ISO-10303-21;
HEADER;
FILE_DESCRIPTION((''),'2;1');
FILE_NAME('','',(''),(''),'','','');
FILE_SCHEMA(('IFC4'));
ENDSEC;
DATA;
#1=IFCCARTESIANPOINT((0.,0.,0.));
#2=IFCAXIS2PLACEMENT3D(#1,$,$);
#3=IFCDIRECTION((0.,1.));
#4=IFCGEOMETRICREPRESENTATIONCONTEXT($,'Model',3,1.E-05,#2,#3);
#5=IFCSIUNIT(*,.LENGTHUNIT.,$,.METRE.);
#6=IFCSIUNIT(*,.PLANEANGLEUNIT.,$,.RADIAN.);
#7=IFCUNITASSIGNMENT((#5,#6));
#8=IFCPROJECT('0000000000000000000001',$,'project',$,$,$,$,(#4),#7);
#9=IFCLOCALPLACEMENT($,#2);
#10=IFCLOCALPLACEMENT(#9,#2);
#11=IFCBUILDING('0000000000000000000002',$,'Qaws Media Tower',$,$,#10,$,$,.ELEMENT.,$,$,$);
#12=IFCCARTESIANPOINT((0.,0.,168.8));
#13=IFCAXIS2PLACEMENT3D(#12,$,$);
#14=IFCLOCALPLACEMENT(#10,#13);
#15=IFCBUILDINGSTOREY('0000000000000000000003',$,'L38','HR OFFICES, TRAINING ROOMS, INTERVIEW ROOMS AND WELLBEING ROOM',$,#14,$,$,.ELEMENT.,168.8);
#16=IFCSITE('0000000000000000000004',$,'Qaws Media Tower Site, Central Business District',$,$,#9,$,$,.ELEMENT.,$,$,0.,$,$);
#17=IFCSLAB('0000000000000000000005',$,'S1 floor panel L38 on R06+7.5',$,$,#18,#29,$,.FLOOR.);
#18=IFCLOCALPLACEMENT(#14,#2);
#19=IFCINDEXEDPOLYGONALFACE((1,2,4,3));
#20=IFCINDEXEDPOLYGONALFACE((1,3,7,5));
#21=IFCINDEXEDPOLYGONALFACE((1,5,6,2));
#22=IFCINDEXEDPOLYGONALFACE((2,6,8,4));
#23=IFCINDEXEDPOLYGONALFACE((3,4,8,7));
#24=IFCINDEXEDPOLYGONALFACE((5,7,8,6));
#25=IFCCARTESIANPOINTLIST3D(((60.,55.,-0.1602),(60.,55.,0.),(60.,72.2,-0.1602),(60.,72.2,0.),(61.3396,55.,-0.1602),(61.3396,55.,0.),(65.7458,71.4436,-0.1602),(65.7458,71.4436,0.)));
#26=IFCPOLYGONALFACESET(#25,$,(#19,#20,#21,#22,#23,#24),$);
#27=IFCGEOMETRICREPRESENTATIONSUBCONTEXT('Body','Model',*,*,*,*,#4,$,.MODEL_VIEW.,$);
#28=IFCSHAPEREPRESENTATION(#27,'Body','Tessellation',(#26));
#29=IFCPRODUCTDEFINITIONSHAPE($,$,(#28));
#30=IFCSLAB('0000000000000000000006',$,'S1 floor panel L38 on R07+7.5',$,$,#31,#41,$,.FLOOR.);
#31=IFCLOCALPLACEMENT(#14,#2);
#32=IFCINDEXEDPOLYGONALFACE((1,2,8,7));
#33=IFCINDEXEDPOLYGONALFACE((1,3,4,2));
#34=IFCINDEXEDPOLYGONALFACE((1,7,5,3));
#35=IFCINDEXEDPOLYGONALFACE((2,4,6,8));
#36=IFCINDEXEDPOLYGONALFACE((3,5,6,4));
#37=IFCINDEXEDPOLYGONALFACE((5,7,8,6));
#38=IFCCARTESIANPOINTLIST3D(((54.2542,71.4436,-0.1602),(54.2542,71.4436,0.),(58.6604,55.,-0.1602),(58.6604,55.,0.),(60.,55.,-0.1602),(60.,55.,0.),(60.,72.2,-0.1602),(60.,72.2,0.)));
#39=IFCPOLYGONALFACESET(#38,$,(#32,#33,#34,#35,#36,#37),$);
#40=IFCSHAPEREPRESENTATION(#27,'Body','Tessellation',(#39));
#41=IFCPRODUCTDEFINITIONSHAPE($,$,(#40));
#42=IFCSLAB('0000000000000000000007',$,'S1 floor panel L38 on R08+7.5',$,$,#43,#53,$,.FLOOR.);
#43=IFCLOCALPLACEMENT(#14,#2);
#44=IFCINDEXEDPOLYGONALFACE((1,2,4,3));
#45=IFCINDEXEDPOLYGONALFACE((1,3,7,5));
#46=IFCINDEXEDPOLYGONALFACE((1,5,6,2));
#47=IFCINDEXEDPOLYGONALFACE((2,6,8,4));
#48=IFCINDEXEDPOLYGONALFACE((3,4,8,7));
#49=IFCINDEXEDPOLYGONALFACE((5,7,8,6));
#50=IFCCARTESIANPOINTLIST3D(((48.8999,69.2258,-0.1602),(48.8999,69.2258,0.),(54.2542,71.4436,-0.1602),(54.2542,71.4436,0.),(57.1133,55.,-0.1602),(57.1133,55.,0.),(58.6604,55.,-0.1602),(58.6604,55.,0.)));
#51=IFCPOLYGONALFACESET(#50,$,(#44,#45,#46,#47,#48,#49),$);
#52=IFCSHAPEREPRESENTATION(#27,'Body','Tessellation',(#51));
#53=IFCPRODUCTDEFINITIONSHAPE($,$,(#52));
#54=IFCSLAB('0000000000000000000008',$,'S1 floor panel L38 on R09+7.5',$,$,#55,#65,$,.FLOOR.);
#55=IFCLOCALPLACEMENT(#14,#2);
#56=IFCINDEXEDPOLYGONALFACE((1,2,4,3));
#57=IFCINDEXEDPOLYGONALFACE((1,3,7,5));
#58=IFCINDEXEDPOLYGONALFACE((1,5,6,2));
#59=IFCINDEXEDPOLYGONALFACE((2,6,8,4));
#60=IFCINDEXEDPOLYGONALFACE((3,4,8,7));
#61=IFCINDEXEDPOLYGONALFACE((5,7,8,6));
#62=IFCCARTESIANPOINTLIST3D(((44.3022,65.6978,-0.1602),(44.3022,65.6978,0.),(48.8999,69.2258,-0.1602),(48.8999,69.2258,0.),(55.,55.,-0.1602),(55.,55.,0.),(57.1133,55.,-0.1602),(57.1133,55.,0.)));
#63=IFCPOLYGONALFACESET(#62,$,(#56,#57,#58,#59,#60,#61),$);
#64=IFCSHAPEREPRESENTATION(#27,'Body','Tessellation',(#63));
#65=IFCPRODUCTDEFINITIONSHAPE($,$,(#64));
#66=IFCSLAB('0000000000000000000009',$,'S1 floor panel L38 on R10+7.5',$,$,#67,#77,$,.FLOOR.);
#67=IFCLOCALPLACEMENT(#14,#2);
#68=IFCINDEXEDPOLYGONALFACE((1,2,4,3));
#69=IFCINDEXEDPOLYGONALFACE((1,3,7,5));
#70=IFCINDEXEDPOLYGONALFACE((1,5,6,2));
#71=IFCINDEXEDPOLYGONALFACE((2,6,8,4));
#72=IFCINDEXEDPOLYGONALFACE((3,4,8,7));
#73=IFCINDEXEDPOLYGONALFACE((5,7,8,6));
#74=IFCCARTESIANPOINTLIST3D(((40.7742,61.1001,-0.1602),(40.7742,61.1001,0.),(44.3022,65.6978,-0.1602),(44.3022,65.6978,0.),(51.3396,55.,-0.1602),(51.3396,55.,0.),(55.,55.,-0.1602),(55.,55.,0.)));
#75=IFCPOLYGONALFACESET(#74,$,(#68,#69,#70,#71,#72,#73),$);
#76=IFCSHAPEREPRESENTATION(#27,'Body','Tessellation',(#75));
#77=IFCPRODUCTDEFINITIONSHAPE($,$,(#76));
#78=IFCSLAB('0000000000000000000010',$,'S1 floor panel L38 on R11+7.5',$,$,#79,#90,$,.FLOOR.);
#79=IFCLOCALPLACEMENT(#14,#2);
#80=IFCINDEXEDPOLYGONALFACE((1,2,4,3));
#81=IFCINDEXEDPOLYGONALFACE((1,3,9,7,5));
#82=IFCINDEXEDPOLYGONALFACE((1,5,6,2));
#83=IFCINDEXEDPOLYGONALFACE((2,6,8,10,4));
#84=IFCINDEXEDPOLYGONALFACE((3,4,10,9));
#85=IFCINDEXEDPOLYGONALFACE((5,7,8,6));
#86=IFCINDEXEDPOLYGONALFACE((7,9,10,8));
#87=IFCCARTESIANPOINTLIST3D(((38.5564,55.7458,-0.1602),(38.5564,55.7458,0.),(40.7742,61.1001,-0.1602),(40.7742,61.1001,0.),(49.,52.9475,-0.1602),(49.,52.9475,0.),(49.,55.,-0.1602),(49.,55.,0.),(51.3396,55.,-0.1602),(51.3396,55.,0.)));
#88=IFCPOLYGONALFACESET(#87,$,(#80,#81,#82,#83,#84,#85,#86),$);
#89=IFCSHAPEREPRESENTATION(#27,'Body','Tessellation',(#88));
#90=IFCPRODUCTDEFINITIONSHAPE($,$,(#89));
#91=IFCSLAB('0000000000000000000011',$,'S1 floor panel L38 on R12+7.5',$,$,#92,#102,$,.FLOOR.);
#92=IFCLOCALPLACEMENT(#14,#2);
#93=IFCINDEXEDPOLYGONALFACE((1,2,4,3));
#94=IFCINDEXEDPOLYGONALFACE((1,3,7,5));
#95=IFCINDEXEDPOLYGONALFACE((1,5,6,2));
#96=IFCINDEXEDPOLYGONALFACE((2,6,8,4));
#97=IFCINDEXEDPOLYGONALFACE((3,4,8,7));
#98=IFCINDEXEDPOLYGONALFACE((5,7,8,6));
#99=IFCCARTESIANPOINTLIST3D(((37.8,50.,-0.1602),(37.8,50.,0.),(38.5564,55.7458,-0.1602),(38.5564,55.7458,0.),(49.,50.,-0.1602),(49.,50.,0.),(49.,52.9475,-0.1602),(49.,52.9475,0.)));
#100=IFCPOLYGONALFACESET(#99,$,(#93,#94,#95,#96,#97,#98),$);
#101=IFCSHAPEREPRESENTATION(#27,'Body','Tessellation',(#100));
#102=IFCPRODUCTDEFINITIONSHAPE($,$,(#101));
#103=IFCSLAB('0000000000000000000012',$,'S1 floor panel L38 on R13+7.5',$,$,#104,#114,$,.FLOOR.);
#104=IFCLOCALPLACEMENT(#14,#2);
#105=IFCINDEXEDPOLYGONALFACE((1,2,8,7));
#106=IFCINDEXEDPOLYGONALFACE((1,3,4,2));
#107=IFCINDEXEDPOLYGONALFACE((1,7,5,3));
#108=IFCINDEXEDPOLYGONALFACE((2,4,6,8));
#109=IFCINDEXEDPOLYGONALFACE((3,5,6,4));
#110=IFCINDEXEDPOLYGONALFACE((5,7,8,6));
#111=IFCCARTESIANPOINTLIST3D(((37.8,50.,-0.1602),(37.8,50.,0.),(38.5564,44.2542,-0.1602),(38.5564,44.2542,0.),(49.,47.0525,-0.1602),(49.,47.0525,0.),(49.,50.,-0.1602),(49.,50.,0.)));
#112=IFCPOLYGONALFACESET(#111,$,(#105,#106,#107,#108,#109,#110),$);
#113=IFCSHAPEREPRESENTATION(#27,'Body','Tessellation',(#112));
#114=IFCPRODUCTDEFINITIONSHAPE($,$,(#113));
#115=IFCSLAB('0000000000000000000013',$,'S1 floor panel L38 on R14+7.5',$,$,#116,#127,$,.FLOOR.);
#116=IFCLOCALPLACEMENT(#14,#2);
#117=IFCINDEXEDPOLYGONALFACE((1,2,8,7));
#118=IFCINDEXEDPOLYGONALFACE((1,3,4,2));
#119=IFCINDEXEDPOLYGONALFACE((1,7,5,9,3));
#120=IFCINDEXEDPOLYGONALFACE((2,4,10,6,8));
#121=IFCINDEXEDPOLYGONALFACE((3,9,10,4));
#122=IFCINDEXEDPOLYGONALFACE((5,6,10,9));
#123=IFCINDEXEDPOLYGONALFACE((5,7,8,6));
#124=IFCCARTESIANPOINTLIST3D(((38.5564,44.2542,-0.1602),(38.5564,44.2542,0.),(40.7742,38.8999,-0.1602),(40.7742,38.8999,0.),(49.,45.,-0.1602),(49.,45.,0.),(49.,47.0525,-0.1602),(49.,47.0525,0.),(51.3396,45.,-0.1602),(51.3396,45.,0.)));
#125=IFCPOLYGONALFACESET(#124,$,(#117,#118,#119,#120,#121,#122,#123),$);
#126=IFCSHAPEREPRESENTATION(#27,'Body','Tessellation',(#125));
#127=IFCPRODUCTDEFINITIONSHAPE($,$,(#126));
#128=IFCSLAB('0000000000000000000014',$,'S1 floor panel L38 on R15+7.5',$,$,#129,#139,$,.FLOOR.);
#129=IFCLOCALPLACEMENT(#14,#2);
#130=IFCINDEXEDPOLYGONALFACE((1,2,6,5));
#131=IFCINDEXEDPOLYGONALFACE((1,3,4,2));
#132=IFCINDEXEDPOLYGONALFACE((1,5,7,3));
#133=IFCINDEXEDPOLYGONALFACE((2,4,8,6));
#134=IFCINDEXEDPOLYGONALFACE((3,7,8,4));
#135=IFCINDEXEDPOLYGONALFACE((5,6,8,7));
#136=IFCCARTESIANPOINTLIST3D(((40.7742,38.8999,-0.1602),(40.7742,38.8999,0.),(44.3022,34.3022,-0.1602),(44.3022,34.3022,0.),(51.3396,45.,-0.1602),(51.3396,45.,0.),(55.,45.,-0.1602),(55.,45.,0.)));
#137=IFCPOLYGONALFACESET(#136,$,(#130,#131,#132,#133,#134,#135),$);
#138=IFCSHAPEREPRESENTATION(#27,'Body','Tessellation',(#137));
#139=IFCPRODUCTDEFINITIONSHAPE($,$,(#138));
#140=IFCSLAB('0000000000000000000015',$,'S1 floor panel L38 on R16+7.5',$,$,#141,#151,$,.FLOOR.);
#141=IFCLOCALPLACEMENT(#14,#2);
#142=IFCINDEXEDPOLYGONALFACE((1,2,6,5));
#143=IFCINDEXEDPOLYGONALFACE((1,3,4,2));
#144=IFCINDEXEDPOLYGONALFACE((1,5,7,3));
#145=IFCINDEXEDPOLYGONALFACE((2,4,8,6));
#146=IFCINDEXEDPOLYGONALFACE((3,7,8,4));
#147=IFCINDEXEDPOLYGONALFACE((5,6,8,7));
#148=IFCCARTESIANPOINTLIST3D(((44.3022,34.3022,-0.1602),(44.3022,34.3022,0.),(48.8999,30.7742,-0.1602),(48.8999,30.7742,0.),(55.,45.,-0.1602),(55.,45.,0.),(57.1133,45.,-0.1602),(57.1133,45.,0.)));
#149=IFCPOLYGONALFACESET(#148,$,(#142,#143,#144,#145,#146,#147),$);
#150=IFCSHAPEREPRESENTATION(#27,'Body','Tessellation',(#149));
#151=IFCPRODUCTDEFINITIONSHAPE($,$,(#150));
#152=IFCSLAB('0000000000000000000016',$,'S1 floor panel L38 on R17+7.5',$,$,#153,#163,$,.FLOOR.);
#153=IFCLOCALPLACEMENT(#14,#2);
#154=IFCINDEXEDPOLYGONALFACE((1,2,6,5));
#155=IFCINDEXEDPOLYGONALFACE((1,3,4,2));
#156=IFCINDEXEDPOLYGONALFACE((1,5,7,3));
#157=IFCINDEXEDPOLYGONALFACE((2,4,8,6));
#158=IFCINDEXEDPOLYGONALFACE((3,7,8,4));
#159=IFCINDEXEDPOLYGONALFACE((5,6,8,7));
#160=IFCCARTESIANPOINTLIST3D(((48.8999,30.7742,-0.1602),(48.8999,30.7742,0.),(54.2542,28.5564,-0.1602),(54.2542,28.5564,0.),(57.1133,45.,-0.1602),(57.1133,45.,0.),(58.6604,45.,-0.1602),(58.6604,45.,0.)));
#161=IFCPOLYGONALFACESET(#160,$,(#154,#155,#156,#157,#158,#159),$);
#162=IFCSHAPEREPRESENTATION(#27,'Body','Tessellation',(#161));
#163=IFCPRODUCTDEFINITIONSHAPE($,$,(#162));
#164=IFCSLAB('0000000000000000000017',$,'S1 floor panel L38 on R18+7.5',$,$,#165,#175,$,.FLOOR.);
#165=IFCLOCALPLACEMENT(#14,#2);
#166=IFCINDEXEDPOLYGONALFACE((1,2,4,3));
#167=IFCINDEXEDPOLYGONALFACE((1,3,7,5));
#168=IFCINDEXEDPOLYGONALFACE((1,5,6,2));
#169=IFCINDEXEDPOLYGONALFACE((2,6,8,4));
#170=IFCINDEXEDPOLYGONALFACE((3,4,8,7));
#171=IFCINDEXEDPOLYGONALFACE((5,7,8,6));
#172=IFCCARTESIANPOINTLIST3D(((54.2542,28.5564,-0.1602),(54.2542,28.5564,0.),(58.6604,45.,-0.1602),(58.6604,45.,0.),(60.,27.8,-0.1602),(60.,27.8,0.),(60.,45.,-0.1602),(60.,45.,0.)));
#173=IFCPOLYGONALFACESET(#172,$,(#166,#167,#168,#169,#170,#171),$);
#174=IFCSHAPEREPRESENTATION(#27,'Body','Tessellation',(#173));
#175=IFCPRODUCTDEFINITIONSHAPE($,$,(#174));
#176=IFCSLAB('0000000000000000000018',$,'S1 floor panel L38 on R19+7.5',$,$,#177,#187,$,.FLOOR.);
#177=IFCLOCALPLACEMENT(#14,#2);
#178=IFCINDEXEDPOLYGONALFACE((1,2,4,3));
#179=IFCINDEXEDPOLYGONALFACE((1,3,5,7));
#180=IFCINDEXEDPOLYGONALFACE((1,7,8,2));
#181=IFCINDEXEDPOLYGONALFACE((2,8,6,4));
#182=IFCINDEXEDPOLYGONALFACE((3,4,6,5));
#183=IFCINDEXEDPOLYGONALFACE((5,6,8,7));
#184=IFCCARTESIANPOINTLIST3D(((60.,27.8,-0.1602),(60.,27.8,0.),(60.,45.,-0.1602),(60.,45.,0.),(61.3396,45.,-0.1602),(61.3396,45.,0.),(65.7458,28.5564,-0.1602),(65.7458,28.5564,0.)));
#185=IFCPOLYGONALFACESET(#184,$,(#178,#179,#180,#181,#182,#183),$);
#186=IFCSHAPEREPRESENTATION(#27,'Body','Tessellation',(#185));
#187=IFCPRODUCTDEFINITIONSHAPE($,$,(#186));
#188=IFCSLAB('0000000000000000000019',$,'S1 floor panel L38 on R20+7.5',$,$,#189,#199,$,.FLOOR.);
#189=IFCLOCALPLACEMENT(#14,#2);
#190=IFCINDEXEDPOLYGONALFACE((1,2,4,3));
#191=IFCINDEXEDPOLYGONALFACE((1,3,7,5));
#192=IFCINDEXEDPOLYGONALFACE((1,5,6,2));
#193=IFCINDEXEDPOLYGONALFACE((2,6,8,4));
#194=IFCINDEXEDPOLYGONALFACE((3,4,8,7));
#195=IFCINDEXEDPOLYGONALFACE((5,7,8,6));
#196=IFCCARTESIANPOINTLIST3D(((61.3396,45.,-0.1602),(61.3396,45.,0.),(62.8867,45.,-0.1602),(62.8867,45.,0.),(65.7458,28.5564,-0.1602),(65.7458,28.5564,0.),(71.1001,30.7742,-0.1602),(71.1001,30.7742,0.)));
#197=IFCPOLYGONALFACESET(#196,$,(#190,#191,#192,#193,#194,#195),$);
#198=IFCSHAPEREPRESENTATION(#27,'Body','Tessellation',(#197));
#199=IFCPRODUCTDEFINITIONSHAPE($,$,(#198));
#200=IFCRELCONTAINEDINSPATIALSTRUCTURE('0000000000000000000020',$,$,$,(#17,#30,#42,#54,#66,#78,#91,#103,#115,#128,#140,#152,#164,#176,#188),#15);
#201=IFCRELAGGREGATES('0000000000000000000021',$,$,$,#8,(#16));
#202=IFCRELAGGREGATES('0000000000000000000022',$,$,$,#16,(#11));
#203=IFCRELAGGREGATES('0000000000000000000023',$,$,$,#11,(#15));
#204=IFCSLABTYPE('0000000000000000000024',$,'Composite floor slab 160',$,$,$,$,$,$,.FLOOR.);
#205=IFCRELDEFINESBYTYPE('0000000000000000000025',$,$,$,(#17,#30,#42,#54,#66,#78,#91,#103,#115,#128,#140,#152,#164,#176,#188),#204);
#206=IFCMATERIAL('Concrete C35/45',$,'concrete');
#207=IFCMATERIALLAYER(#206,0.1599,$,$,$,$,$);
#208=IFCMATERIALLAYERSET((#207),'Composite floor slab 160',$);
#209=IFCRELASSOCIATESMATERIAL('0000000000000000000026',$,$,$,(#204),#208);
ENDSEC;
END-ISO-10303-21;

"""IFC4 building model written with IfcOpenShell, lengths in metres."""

from ifc_helpers import new_model, si_unit, direction, frame, origin, place, context, subcontext, project, spatial, polyline, outline, extrude, material, layer, layer_set, type_object, element, save


model = new_model("IFC4")

# Units and contexts
model_context = context("Model", 3, precision=1e-05, world=origin(), true_north=direction((0.0, 1.0)))
body_context = subcontext(model_context, "Body", "Model", "MODEL_VIEW")
ifc_project = project(units=[si_unit("LENGTHUNIT", "METRE"), si_unit("PLANEANGLEUNIT", "RADIAN")], contexts=[model_context])

# Site, building, storey
site_placement = place(None, origin())
site = spatial("IfcSite", under=ifc_project, at=site_placement, Name="Qaws Media Tower Site, Central Business District", CompositionType="ELEMENT", RefElevation=0.0)
building_placement = place(site_placement, origin())
building = spatial("IfcBuilding", under=site, at=building_placement, Name="Qaws Media Tower", CompositionType="ELEMENT")
storey_placement = place(building_placement, frame((0.0, 0.0, 168.8)))
storey = spatial("IfcBuildingStorey", under=building, at=storey_placement, Name="L38", Description="HR OFFICES, TRAINING ROOMS, INTERVIEW ROOMS AND WELLBEING ROOM", CompositionType="ELEMENT", Elevation=168.8)

# Slabs
ifc_material_1 = material(Name="Concrete C35/45", Category="concrete")
ifc_layer_1 = layer(ifc_material_1, 0.1599)
ifc_layer_set_1 = layer_set([ifc_layer_1], Name="Composite floor slab 160")
slab_type_1 = type_object("IfcSlabType", Name="Composite floor slab 160", PredefinedType="FLOOR", material=ifc_layer_set_1)
slab_1_placement = place(storey_placement, frame((0.0, 0.0, -0.1602)))
element("IfcSlab", 1, at=slab_1_placement, inside=storey, type_object=slab_type_1, Name="S1 floor panel L38 on R06+7.5", PredefinedType="FLOOR", context=body_context, shape_type="SweptSolid", body=[
    extrude(outline(polyline([(65.7458, 71.4436), (61.3396, 55.0), (60.0, 55.0), (60.0, 72.2), (65.7458, 71.4436)])), origin(), (0.0, 0.0, 1.0), 0.1602),
])
slab_2_placement = place(storey_placement, frame((0.0, 0.0, -0.1602)))
element("IfcSlab", 2, at=slab_2_placement, inside=storey, type_object=slab_type_1, Name="S1 floor panel L38 on R07+7.5", PredefinedType="FLOOR", context=body_context, shape_type="SweptSolid", body=[
    extrude(outline(polyline([(60.0, 72.2), (60.0, 55.0), (58.6604, 55.0), (54.2542, 71.4436), (60.0, 72.2)])), origin(), (0.0, 0.0, 1.0), 0.1602),
])
slab_3_placement = place(storey_placement, frame((0.0, 0.0, -0.1602)))
element("IfcSlab", 3, at=slab_3_placement, inside=storey, type_object=slab_type_1, Name="S1 floor panel L38 on R08+7.5", PredefinedType="FLOOR", context=body_context, shape_type="SweptSolid", body=[
    extrude(outline(polyline([(48.8999, 69.2258), (54.2542, 71.4436), (58.6604, 55.0), (57.1133, 55.0), (48.8999, 69.2258)])), origin(), (0.0, 0.0, 1.0), 0.1602),
])
slab_4_placement = place(storey_placement, frame((0.0, 0.0, -0.1602)))
element("IfcSlab", 4, at=slab_4_placement, inside=storey, type_object=slab_type_1, Name="S1 floor panel L38 on R09+7.5", PredefinedType="FLOOR", context=body_context, shape_type="SweptSolid", body=[
    extrude(outline(polyline([(48.8999, 69.2258), (57.1133, 55.0), (55.0, 55.0), (44.3022, 65.6978), (48.8999, 69.2258)])), origin(), (0.0, 0.0, 1.0), 0.1602),
])
slab_5_placement = place(storey_placement, frame((0.0, 0.0, -0.1602)))
element("IfcSlab", 5, at=slab_5_placement, inside=storey, type_object=slab_type_1, Name="S1 floor panel L38 on R10+7.5", PredefinedType="FLOOR", context=body_context, shape_type="SweptSolid", body=[
    extrude(outline(polyline([(44.3022, 65.6978), (55.0, 55.0), (51.3396, 55.0), (40.7742, 61.1001), (44.3022, 65.6978)])), origin(), (0.0, 0.0, 1.0), 0.1602),
])
slab_6_placement = place(storey_placement, frame((0.0, 0.0, -0.1602)))
element("IfcSlab", 6, at=slab_6_placement, inside=storey, type_object=slab_type_1, Name="S1 floor panel L38 on R11+7.5", PredefinedType="FLOOR", context=body_context, shape_type="SweptSolid", body=[
    extrude(outline(polyline([(38.5564, 55.7458), (40.7742, 61.1001), (51.3396, 55.0), (49.0, 55.0), (49.0, 52.9475), (38.5564, 55.7458)])), origin(), (0.0, 0.0, 1.0), 0.1602),
])
slab_7_placement = place(storey_placement, frame((0.0, 0.0, -0.1602)))
element("IfcSlab", 7, at=slab_7_placement, inside=storey, type_object=slab_type_1, Name="S1 floor panel L38 on R12+7.5", PredefinedType="FLOOR", context=body_context, shape_type="SweptSolid", body=[
    extrude(outline(polyline([(38.5564, 55.7458), (49.0, 52.9475), (49.0, 50.0), (37.8, 50.0), (38.5564, 55.7458)])), origin(), (0.0, 0.0, 1.0), 0.1602),
])
slab_8_placement = place(storey_placement, frame((0.0, 0.0, -0.1602)))
element("IfcSlab", 8, at=slab_8_placement, inside=storey, type_object=slab_type_1, Name="S1 floor panel L38 on R13+7.5", PredefinedType="FLOOR", context=body_context, shape_type="SweptSolid", body=[
    extrude(outline(polyline([(37.8, 50.0), (49.0, 50.0), (49.0, 47.0525), (38.5564, 44.2542), (37.8, 50.0)])), origin(), (0.0, 0.0, 1.0), 0.1602),
])
slab_9_placement = place(storey_placement, frame((0.0, 0.0, -0.1602)))
element("IfcSlab", 9, at=slab_9_placement, inside=storey, type_object=slab_type_1, Name="S1 floor panel L38 on R14+7.5", PredefinedType="FLOOR", context=body_context, shape_type="SweptSolid", body=[
    extrude(outline(polyline([(40.7742, 38.8999), (38.5564, 44.2542), (49.0, 47.0525), (49.0, 45.0), (51.3396, 45.0), (40.7742, 38.8999)])), origin(), (0.0, 0.0, 1.0), 0.1602),
])
slab_10_placement = place(storey_placement, frame((0.0, 0.0, -0.1602)))
element("IfcSlab", 10, at=slab_10_placement, inside=storey, type_object=slab_type_1, Name="S1 floor panel L38 on R15+7.5", PredefinedType="FLOOR", context=body_context, shape_type="SweptSolid", body=[
    extrude(outline(polyline([(40.7742, 38.8999), (51.3396, 45.0), (55.0, 45.0), (44.3022, 34.3022), (40.7742, 38.8999)])), origin(), (0.0, 0.0, 1.0), 0.1602),
])
slab_11_placement = place(storey_placement, frame((0.0, 0.0, -0.1602)))
element("IfcSlab", 11, at=slab_11_placement, inside=storey, type_object=slab_type_1, Name="S1 floor panel L38 on R16+7.5", PredefinedType="FLOOR", context=body_context, shape_type="SweptSolid", body=[
    extrude(outline(polyline([(44.3022, 34.3022), (55.0, 45.0), (57.1133, 45.0), (48.8999, 30.7742), (44.3022, 34.3022)])), origin(), (0.0, 0.0, 1.0), 0.1602),
])
slab_12_placement = place(storey_placement, frame((0.0, 0.0, -0.1602)))
element("IfcSlab", 12, at=slab_12_placement, inside=storey, type_object=slab_type_1, Name="S1 floor panel L38 on R17+7.5", PredefinedType="FLOOR", context=body_context, shape_type="SweptSolid", body=[
    extrude(outline(polyline([(54.2542, 28.5564), (48.8999, 30.7742), (57.1133, 45.0), (58.6604, 45.0), (54.2542, 28.5564)])), origin(), (0.0, 0.0, 1.0), 0.1602),
])
slab_13_placement = place(storey_placement, frame((0.0, 0.0, -0.1602)))
element("IfcSlab", 13, at=slab_13_placement, inside=storey, type_object=slab_type_1, Name="S1 floor panel L38 on R18+7.5", PredefinedType="FLOOR", context=body_context, shape_type="SweptSolid", body=[
    extrude(outline(polyline([(54.2542, 28.5564), (58.6604, 45.0), (60.0, 45.0), (60.0, 27.8), (54.2542, 28.5564)])), origin(), (0.0, 0.0, 1.0), 0.1602),
])
slab_14_placement = place(storey_placement, frame((0.0, 0.0, -0.1602)))
element("IfcSlab", 14, at=slab_14_placement, inside=storey, type_object=slab_type_1, Name="S1 floor panel L38 on R19+7.5", PredefinedType="FLOOR", context=body_context, shape_type="SweptSolid", body=[
    extrude(outline(polyline([(60.0, 27.8), (60.0, 45.0), (61.3396, 45.0), (65.7458, 28.5564), (60.0, 27.8)])), origin(), (0.0, 0.0, 1.0), 0.1602),
])
slab_15_placement = place(storey_placement, frame((0.0, 0.0, -0.1602)))
element("IfcSlab", 15, at=slab_15_placement, inside=storey, type_object=slab_type_1, Name="S1 floor panel L38 on R20+7.5", PredefinedType="FLOOR", context=body_context, shape_type="SweptSolid", body=[
    extrude(outline(polyline([(71.1001, 30.7742), (65.7458, 28.5564), (61.3396, 45.0), (62.8867, 45.0), (71.1001, 30.7742)])), origin(), (0.0, 0.0, 1.0), 0.1602),
])

save(model, "model.ifc")
